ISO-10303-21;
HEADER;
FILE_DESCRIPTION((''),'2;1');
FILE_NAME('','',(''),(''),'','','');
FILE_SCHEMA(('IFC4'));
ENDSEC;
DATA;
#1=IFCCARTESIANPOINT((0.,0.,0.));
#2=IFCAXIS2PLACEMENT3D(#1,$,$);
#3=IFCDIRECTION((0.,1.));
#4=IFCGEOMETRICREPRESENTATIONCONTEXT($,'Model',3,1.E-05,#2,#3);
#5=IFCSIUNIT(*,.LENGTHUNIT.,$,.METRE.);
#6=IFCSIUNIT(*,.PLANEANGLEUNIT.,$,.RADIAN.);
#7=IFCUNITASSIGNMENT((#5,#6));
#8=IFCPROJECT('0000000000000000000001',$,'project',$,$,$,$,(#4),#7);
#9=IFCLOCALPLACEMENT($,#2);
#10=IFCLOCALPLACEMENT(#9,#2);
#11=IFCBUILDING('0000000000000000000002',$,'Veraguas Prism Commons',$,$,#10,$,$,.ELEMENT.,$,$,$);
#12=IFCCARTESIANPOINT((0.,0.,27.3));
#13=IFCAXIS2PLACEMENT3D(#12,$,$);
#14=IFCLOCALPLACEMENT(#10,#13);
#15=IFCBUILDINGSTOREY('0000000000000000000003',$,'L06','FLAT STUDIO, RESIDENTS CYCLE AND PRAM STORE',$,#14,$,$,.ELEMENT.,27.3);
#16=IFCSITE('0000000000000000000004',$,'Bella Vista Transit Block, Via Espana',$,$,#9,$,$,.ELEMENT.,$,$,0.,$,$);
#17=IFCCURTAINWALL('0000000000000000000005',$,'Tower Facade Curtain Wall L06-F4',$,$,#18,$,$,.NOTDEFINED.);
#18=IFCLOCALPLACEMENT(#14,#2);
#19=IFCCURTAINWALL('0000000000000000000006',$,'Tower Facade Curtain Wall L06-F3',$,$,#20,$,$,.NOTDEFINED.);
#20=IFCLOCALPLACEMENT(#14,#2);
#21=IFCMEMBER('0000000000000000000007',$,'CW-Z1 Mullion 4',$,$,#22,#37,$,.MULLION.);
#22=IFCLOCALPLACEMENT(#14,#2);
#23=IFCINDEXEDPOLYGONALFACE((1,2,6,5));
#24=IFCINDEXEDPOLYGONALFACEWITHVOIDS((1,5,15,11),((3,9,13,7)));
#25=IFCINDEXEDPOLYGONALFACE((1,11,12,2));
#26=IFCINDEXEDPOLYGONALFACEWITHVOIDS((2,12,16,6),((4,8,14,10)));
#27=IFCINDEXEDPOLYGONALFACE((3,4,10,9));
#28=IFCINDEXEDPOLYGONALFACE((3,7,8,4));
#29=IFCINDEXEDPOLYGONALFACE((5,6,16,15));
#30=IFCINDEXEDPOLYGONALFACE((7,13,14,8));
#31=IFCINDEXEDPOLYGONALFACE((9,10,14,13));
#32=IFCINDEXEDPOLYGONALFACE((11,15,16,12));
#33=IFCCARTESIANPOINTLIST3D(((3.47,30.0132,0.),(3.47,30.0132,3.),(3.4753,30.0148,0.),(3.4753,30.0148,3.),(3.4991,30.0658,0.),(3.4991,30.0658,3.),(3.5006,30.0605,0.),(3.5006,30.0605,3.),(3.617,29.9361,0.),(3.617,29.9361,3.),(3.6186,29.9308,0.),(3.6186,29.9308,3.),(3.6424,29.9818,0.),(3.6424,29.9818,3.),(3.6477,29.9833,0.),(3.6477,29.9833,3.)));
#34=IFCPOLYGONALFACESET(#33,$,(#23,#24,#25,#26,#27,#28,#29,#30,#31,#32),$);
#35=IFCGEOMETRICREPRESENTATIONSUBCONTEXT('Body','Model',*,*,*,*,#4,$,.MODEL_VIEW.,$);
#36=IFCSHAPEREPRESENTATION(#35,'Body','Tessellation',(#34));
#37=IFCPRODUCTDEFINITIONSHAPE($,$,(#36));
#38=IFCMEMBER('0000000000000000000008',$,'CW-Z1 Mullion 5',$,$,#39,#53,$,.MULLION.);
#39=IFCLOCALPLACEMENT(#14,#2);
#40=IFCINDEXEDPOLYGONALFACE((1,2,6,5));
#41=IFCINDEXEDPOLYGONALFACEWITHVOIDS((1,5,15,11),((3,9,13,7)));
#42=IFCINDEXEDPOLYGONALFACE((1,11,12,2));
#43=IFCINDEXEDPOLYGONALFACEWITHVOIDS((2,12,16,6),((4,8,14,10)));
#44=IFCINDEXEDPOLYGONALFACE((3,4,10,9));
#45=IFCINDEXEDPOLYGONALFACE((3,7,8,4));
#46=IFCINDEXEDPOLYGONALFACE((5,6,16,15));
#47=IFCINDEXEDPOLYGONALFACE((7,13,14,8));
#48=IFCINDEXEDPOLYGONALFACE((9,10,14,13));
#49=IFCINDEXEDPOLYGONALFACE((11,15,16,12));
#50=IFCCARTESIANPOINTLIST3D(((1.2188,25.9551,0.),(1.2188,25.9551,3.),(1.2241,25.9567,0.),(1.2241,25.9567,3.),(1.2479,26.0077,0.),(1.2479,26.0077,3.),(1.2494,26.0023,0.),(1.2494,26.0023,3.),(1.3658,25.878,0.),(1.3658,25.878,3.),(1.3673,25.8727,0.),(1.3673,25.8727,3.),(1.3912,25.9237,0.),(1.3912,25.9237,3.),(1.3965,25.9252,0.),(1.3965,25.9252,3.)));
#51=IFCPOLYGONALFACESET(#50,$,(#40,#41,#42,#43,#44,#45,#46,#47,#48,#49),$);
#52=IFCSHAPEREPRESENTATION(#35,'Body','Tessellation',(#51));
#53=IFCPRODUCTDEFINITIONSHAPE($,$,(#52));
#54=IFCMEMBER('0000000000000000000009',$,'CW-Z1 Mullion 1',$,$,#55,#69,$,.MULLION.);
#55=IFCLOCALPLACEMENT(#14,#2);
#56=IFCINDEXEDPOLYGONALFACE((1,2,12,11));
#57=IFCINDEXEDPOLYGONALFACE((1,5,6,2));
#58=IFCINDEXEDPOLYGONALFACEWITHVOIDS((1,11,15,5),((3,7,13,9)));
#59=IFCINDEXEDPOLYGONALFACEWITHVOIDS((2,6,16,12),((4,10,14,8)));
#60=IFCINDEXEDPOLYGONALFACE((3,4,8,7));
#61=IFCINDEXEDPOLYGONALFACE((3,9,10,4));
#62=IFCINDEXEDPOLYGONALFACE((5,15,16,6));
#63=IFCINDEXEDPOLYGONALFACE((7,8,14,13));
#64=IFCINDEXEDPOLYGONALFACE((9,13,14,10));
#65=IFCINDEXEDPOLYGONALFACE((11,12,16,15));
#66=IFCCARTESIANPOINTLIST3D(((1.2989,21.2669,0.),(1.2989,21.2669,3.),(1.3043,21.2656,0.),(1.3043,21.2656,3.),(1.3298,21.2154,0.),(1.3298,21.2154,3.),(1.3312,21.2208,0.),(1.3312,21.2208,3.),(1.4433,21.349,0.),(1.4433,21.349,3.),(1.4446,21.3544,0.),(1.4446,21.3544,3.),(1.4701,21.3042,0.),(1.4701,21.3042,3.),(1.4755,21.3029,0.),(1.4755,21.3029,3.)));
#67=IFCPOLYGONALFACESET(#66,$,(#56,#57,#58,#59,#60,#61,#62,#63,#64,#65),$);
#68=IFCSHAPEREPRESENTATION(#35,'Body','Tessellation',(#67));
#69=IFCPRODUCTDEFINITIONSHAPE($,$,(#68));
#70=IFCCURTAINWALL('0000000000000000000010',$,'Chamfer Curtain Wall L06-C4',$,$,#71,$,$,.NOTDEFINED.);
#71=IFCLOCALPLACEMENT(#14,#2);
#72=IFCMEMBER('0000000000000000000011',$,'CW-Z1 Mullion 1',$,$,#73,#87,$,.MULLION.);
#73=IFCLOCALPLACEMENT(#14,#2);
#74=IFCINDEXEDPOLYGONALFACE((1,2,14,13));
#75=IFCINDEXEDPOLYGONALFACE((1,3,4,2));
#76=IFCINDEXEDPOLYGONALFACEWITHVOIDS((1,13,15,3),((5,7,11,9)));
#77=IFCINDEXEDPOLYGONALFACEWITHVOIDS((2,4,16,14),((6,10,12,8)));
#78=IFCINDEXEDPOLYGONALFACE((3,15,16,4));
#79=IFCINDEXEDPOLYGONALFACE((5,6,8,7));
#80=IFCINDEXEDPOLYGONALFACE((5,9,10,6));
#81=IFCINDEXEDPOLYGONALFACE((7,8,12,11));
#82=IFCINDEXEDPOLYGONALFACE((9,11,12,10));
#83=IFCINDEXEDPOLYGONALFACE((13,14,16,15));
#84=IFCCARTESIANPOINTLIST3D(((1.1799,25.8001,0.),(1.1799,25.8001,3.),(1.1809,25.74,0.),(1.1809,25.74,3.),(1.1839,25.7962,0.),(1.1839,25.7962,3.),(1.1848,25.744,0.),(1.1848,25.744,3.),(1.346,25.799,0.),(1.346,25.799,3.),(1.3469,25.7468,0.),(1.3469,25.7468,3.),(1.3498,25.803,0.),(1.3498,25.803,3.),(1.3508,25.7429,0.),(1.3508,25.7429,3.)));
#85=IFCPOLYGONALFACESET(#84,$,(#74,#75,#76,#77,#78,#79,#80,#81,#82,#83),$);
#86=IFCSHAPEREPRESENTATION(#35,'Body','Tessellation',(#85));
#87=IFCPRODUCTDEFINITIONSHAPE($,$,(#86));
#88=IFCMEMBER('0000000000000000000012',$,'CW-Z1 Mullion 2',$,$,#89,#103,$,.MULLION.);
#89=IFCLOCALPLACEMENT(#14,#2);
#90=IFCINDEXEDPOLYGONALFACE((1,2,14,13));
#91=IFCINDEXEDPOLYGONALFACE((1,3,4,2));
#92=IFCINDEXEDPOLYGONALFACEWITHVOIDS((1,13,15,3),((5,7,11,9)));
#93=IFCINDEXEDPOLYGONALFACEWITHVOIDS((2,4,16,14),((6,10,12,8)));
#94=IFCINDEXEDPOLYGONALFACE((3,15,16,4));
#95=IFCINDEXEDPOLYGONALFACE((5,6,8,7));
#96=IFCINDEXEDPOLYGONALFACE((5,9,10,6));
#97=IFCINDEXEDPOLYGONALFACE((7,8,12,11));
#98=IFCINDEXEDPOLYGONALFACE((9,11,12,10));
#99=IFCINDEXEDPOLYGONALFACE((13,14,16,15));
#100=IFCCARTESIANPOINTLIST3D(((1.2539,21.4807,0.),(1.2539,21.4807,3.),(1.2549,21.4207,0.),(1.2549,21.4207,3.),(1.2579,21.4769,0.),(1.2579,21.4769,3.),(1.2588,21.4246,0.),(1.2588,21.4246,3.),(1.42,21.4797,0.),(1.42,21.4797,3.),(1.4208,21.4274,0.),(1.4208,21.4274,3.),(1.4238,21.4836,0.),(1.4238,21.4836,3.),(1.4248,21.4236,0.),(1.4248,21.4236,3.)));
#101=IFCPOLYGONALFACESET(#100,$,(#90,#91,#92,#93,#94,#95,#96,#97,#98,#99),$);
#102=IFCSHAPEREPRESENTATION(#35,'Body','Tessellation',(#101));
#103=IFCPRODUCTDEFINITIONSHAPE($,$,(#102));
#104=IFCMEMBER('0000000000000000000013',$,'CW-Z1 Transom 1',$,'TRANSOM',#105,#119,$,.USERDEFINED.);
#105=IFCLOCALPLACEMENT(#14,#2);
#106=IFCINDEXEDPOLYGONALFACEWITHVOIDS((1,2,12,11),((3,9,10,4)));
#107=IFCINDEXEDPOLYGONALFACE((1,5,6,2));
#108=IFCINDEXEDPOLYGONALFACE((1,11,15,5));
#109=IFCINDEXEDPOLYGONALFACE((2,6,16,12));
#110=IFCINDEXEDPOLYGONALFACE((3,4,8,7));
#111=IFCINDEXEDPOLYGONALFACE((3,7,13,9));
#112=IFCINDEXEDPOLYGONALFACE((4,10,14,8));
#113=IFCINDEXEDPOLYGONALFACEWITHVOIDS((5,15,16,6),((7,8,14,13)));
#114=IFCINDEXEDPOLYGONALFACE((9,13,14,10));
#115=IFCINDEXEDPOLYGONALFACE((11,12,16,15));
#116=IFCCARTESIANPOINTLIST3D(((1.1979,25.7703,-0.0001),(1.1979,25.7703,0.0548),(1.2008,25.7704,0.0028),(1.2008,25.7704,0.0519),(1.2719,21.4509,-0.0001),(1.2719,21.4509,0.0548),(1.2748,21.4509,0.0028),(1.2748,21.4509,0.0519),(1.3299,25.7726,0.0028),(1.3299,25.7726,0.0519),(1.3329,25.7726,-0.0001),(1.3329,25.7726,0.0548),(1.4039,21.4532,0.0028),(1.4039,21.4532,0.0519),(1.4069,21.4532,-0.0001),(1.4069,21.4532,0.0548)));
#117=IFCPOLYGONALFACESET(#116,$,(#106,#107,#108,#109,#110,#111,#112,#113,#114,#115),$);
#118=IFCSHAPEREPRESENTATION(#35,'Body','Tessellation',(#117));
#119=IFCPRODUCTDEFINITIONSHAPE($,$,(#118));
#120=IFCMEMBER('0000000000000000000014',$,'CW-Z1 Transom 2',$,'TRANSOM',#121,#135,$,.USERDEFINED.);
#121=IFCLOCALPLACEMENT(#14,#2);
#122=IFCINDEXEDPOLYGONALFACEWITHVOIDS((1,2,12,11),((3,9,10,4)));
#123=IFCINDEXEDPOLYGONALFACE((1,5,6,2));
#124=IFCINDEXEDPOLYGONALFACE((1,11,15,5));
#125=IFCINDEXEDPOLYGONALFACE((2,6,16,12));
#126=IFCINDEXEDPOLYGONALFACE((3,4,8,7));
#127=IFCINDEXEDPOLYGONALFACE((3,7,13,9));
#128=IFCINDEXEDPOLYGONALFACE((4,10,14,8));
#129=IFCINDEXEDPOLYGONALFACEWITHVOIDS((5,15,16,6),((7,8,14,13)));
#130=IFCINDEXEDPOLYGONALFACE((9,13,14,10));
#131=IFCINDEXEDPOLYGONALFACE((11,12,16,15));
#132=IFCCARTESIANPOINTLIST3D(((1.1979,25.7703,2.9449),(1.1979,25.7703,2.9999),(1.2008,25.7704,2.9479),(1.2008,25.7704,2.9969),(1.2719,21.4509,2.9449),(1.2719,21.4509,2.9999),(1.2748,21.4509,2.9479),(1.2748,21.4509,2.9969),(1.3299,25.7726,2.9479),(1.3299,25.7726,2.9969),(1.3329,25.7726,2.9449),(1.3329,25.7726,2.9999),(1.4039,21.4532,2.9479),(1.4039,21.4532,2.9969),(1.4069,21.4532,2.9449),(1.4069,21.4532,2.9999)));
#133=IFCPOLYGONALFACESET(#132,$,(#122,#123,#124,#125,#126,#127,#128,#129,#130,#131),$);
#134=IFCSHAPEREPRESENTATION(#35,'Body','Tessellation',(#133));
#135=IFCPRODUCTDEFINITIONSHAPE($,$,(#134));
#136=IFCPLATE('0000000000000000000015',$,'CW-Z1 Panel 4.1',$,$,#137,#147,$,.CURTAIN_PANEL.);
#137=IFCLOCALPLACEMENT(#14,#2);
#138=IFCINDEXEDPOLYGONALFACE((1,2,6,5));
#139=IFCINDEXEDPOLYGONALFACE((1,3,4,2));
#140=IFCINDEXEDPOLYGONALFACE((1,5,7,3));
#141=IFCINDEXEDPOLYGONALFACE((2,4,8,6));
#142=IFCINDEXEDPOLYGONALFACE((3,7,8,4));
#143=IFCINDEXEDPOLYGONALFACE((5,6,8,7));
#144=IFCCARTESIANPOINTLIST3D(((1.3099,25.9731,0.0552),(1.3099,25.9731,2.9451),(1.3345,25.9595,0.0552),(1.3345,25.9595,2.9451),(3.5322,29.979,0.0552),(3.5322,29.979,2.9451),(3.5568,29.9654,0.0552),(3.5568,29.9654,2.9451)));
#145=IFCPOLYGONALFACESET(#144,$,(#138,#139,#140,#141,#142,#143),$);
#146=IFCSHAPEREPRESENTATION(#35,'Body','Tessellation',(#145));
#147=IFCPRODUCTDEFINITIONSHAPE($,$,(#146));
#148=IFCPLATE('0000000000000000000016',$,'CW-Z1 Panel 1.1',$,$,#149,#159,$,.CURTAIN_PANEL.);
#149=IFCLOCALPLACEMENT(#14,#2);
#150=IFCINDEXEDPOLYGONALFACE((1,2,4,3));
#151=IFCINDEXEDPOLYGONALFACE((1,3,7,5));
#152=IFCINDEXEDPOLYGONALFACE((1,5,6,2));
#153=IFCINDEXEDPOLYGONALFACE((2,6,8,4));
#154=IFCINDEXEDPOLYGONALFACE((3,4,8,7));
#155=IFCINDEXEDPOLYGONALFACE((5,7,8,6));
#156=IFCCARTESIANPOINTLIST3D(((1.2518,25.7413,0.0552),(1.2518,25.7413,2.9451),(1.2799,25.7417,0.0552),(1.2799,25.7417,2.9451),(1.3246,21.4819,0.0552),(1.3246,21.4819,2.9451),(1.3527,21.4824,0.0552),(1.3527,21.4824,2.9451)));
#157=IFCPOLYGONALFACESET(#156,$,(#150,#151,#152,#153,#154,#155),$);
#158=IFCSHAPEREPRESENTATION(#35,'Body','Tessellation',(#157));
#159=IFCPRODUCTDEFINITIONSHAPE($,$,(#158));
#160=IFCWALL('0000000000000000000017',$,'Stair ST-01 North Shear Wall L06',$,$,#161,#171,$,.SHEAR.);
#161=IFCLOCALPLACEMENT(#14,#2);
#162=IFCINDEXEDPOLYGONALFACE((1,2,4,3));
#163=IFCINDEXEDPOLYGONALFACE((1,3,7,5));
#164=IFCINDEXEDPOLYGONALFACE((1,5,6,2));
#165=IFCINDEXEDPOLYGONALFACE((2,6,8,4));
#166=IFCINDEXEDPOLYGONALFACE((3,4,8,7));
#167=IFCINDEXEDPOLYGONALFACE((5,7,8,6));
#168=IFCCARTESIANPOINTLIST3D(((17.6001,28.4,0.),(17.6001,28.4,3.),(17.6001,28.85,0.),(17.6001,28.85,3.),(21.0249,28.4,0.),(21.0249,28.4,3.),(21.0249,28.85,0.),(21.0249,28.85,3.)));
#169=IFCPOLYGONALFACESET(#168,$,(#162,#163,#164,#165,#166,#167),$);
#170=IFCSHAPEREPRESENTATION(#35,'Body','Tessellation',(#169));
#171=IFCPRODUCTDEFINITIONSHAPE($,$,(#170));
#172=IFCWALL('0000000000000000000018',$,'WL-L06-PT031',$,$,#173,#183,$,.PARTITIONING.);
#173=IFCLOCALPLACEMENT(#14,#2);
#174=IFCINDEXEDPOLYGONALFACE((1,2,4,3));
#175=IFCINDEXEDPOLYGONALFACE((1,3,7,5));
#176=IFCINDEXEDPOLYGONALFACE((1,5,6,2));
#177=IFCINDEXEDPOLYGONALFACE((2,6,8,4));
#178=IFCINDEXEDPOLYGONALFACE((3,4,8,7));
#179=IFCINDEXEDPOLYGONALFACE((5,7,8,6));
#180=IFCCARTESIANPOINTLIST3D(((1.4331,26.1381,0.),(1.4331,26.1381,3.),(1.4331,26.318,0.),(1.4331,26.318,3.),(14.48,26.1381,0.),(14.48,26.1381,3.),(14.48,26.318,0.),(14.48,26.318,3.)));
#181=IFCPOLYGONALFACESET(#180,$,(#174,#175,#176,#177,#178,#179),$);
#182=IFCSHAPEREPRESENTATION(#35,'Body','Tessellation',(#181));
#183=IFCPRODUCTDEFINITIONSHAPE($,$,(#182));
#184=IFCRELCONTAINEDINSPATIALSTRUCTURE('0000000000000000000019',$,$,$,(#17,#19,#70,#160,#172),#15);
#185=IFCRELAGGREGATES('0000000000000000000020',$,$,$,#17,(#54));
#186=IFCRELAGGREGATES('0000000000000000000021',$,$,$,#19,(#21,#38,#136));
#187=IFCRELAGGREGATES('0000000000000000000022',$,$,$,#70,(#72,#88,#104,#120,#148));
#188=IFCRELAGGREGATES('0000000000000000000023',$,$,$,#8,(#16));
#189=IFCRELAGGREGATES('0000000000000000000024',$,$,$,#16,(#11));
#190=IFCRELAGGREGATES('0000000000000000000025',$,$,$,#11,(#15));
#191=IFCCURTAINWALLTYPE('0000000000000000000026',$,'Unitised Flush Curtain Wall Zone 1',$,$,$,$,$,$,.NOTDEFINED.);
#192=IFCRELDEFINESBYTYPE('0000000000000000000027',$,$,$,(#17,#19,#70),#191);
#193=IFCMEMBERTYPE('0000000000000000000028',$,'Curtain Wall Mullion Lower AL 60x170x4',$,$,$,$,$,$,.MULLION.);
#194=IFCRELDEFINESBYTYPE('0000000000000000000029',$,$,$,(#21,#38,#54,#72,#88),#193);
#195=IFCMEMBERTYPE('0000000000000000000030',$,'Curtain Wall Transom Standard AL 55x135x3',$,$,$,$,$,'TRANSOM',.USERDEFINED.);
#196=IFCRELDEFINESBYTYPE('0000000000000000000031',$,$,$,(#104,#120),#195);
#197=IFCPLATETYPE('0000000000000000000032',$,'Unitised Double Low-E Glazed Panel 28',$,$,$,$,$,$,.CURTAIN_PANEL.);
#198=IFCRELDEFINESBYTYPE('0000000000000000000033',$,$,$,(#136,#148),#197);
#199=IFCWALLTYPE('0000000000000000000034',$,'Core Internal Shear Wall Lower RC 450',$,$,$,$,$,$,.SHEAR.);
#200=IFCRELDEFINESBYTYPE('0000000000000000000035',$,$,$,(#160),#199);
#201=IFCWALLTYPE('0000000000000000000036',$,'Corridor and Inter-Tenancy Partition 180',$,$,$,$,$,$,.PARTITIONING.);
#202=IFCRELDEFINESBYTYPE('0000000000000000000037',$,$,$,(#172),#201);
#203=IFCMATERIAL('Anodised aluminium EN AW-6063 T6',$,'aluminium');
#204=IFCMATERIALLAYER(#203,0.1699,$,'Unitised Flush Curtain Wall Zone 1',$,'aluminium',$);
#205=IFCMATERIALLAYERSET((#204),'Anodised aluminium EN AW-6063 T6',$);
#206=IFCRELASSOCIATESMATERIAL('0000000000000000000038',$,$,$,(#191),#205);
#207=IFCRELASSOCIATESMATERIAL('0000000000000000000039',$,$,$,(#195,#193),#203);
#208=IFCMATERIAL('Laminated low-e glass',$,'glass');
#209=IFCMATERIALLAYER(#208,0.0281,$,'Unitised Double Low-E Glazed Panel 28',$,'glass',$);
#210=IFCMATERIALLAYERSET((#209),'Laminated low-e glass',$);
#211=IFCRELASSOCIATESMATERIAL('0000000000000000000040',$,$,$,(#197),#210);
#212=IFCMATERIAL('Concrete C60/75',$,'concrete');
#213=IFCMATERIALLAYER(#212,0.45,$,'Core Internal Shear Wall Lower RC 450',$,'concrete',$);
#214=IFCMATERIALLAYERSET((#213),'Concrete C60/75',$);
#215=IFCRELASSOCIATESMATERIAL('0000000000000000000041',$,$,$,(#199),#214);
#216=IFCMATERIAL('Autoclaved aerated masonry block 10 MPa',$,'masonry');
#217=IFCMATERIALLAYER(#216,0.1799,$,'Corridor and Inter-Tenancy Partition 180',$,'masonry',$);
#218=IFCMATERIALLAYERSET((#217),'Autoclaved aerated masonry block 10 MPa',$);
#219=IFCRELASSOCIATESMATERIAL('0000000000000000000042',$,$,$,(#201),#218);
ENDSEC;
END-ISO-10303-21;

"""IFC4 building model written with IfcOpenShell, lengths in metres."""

from ifc_helpers import new_model, si_unit, direction, frame, frame_2d, origin, origin_2d, place, context, subcontext, project, spatial, rectangle, hollow_rectangle, extrude, source, transform, mapped, material, layer, layer_set, material_profile, profile_set, type_object, element, aggregate, save


model = new_model("IFC4")

# Units and contexts
model_context = context("Model", 3, precision=1e-05, world=origin(), true_north=direction((0.0, 1.0)))
body_context = subcontext(model_context, "Body", "Model", "MODEL_VIEW")
ifc_project = project(units=[si_unit("LENGTHUNIT", "METRE"), si_unit("PLANEANGLEUNIT", "RADIAN")], contexts=[model_context])

# Site, building, storey
site_placement = place(None, origin())
site = spatial("IfcSite", under=ifc_project, at=site_placement, Name="Bella Vista Transit Block, Via Espana", CompositionType="ELEMENT", RefElevation=0.0)
building_placement = place(site_placement, origin())
building = spatial("IfcBuilding", under=site, at=building_placement, Name="Veraguas Prism Commons", CompositionType="ELEMENT")
storey_placement = place(building_placement, frame((0.0, 0.0, 27.3)))
storey = spatial("IfcBuildingStorey", under=building, at=storey_placement, Name="L06", Description="FLAT STUDIO, RESIDENTS CYCLE AND PRAM STORE", CompositionType="ELEMENT", Elevation=27.3)

# Shared definitions
ifc_material_1 = material(Name="Concrete C60/75", Category="concrete")

# Curtain walls, members
ifc_material_2 = material(Name="Anodised aluminium EN AW-6063 T6", Category="aluminium")
ifc_layer_1 = layer(ifc_material_2, 0.1699, Name="Unitised Flush Curtain Wall Zone 1", Category="aluminium")
ifc_layer_set_1 = layer_set([ifc_layer_1], Name="Anodised aluminium EN AW-6063 T6")
curtain_wall_type = type_object("IfcCurtainWallType", Name="Unitised Flush Curtain Wall Zone 1", PredefinedType="NOTDEFINED", material=ifc_layer_set_1)
curtain_wall_1_placement = place(storey_placement, origin())
curtain_wall_1 = element("IfcCurtainWall", 1, at=curtain_wall_1_placement, inside=storey, type_object=curtain_wall_type, Name="Tower Facade Curtain Wall L06-F4", PredefinedType="NOTDEFINED")
ifc_material_profile_1 = material_profile(ifc_material_2, hollow_rectangle(XDim=0.0549, YDim=0.135, WallThickness=0.0029, at=origin_2d()), Name="AL55X135X3")
ifc_profile_set_1 = profile_set([ifc_material_profile_1], Name="Anodised aluminium EN AW-6063 T6")
member_type_1 = type_object("IfcMemberType", Name="Curtain Wall Transom Standard AL 55x135x3", ElementType="TRANSOM", PredefinedType="USERDEFINED", material=ifc_profile_set_1)
curtain_wall_2_placement = place(storey_placement, origin())
curtain_wall_2 = element("IfcCurtainWall", 2, at=curtain_wall_2_placement, inside=storey, type_object=curtain_wall_type, Name="Tower Facade Curtain Wall L06-F3", PredefinedType="NOTDEFINED")
ifc_material_profile_2 = material_profile(ifc_material_2, hollow_rectangle(XDim=0.0601, YDim=0.1699, WallThickness=0.0039, at=origin_2d()), Name="AL60X170X4")
ifc_profile_set_2 = profile_set([ifc_material_profile_2], Name="Anodised aluminium EN AW-6063 T6")
member_type_2 = type_object("IfcMemberType", Name="Curtain Wall Mullion Lower AL 60x170x4", PredefinedType="MULLION", material=ifc_profile_set_2)
shared_shape_1 = source(origin(), body_context, "Body", "SweptSolid", [
    extrude(hollow_rectangle(XDim=0.0601, YDim=0.1699, WallThickness=0.0039, at=origin_2d()), origin(), (0.0, 0.0, 1.0), 3.0),
])
member_1_placement = place(storey_placement, frame((3.5588, 29.9983, 0.0), z_axis=(0.0, 0.0, 1.0), x_axis=(-0.485116, -0.87445, 0.0)))
member_1 = element("IfcMember", 3, at=member_1_placement, type_object=member_type_2, Name="CW-Z1 Mullion 4", PredefinedType="MULLION", context=body_context, shape_type="MappedRepresentation", body=[
    mapped(shared_shape_1, transform((0.0, 0.0, 0.0), scale=1.0)),
])
member_2_placement = place(storey_placement, frame((1.3076, 25.9402, 0.0), z_axis=(0.0, 0.0, 1.0), x_axis=(-0.485116, -0.87445, 0.0)))
member_2 = element("IfcMember", 4, at=member_2_placement, type_object=member_type_2, Name="CW-Z1 Mullion 5", PredefinedType="MULLION", context=body_context, shape_type="MappedRepresentation", body=[
    mapped(shared_shape_1, transform((0.0, 0.0, 0.0), scale=1.0)),
])

# Member
member_3_placement = place(storey_placement, frame((1.3872, 21.2849, 0.0), z_axis=(0.0, 0.0, 1.0), x_axis=(0.514734, -0.85735, 0.0)))
member_3 = element("IfcMember", 5, at=member_3_placement, type_object=member_type_2, Name="CW-Z1 Mullion 1", PredefinedType="MULLION", context=body_context, shape_type="MappedRepresentation", body=[
    mapped(shared_shape_1, transform((0.0, 0.0, 0.0), scale=1.0)),
])
aggregate(curtain_wall_1, [member_3])

# Curtain wall, members
curtain_wall_3_placement = place(storey_placement, origin())
curtain_wall_3 = element("IfcCurtainWall", 6, at=curtain_wall_3_placement, inside=storey, type_object=curtain_wall_type, Name="Chamfer Curtain Wall L06-C4", PredefinedType="NOTDEFINED")
member_4_placement = place(storey_placement, frame((1.2654, 25.7715, 0.0), z_axis=(0.0, 0.0, 1.0), x_axis=(0.0171, -0.999854, 0.0)))
member_4 = element("IfcMember", 7, at=member_4_placement, type_object=member_type_2, Name="CW-Z1 Mullion 1", PredefinedType="MULLION", context=body_context, shape_type="MappedRepresentation", body=[
    mapped(shared_shape_1, transform((0.0, 0.0, 0.0), scale=1.0)),
])
member_5_placement = place(storey_placement, frame((1.3394, 21.4521, 0.0), z_axis=(0.0, 0.0, 1.0), x_axis=(0.0171, -0.999854, 0.0)))
member_5 = element("IfcMember", 8, at=member_5_placement, type_object=member_type_2, Name="CW-Z1 Mullion 2", PredefinedType="MULLION", context=body_context, shape_type="MappedRepresentation", body=[
    mapped(shared_shape_1, transform((0.0, 0.0, 0.0), scale=1.0)),
])
shared_shape_2 = source(origin(), body_context, "Body", "SweptSolid", [
    extrude(hollow_rectangle(XDim=0.0549, YDim=0.135, WallThickness=0.0029, at=origin_2d()), origin(), (0.0, 0.0, 1.0), 4.3201),
])
member_6_placement = place(storey_placement, frame((1.2654, 25.7715, 0.0273), z_axis=(0.017124, -0.999853, 0.0), x_axis=(0.0, 0.0, 1.0)))
member_6 = element("IfcMember", 9, at=member_6_placement, type_object=member_type_1, Name="CW-Z1 Transom 1", ObjectType="TRANSOM", PredefinedType="USERDEFINED", context=body_context, shape_type="MappedRepresentation", body=[
    mapped(shared_shape_2, transform((0.0, 0.0, 0.0), scale=1.0)),
])
member_7_placement = place(storey_placement, frame((1.2654, 25.7715, 2.9724), z_axis=(0.017124, -0.999853, 0.0), x_axis=(0.0, 0.0, 1.0)))
member_7 = element("IfcMember", 10, at=member_7_placement, type_object=member_type_1, Name="CW-Z1 Transom 2", ObjectType="TRANSOM", PredefinedType="USERDEFINED", context=body_context, shape_type="MappedRepresentation", body=[
    mapped(shared_shape_2, transform((0.0, 0.0, 0.0), scale=1.0)),
])

# Plates
ifc_material_3 = material(Name="Laminated low-e glass", Category="glass")
ifc_layer_2 = layer(ifc_material_3, 0.0281, Name="Unitised Double Low-E Glazed Panel 28", Category="glass")
ifc_layer_set_2 = layer_set([ifc_layer_2], Name="Laminated low-e glass")
plate_type = type_object("IfcPlateType", Name="Unitised Double Low-E Glazed Panel 28", PredefinedType="CURTAIN_PANEL", material=ifc_layer_set_2)
shared_shape_3 = source(origin(), body_context, "Body", "SweptSolid", [
    extrude(rectangle(XDim=4.5811, YDim=0.0281, at=origin_2d()), origin(), (0.0, 0.0, 1.0), 2.8899),
])
plate_1_placement = place(storey_placement, frame((2.4333, 27.9692, 0.0552), z_axis=(0.0, 0.0, 1.0), x_axis=(-0.485116, -0.87445, 0.0)))
plate_1 = element("IfcPlate", 11, at=plate_1_placement, type_object=plate_type, Name="CW-Z1 Panel 4.1", PredefinedType="CURTAIN_PANEL", context=body_context, shape_type="MappedRepresentation", body=[
    mapped(shared_shape_3, transform((0.0, 0.0, 0.0), scale=1.0)),
])
aggregate(curtain_wall_2, [member_1, member_2, plate_1])
shared_shape_4 = source(origin(), body_context, "Body", "SweptSolid", [
    extrude(rectangle(XDim=4.26, YDim=0.0281, at=origin_2d()), origin(), (0.0, 0.0, 1.0), 2.8899),
])
plate_2_placement = place(storey_placement, frame((1.3022, 23.6118, 0.0552), z_axis=(0.0, 0.0, 1.0), x_axis=(0.0171, -0.999854, 0.0)))
plate_2 = element("IfcPlate", 12, at=plate_2_placement, type_object=plate_type, Name="CW-Z1 Panel 1.1", PredefinedType="CURTAIN_PANEL", context=body_context, shape_type="MappedRepresentation", body=[
    mapped(shared_shape_4, transform((0.0, 0.0, 0.0), scale=1.0)),
])
aggregate(curtain_wall_3, [member_4, member_5, member_6, member_7, plate_2])

# Walls
ifc_layer_3 = layer(ifc_material_1, 0.45, Name="Core Internal Shear Wall Lower RC 450", Category="concrete")
ifc_layer_set_3 = layer_set([ifc_layer_3], Name="Concrete C60/75")
wall_type_1 = type_object("IfcWallType", Name="Core Internal Shear Wall Lower RC 450", PredefinedType="SHEAR", material=ifc_layer_set_3)
wall_1_placement = place(storey_placement, frame((17.6001, 28.625, 0.0), z_axis=(0.0, 0.0, 1.0), x_axis=(1.0, 0.0, 0.0)))
element("IfcWall", 13, at=wall_1_placement, inside=storey, type_object=wall_type_1, Name="Stair ST-01 North Shear Wall L06", PredefinedType="SHEAR", context=body_context, shape_type="SweptSolid", body=[
    extrude(rectangle(XDim=3.4248, YDim=0.45, at=frame_2d((1.7124, 0.0))), origin(), (0.0, 0.0, 1.0), 3.0),
])
ifc_material_4 = material(Name="Autoclaved aerated masonry block 10 MPa", Category="masonry")
ifc_layer_4 = layer(ifc_material_4, 0.1799, Name="Corridor and Inter-Tenancy Partition 180", Category="masonry")
ifc_layer_set_4 = layer_set([ifc_layer_4], Name="Autoclaved aerated masonry block 10 MPa")
wall_type_2 = type_object("IfcWallType", Name="Corridor and Inter-Tenancy Partition 180", PredefinedType="PARTITIONING", material=ifc_layer_set_4)
wall_2_placement = place(storey_placement, frame((14.48, 26.228, 0.0), z_axis=(0.0, 0.0, 1.0), x_axis=(-1.0, 0.0, 0.0)))
element("IfcWall", 14, at=wall_2_placement, inside=storey, type_object=wall_type_2, Name="WL-L06-PT031", PredefinedType="PARTITIONING", context=body_context, shape_type="SweptSolid", body=[
    extrude(rectangle(XDim=13.0469, YDim=0.1799, at=frame_2d((6.5234, 0.0))), origin(), (0.0, 0.0, 1.0), 3.0),
])

save(model, "model.ifc")
